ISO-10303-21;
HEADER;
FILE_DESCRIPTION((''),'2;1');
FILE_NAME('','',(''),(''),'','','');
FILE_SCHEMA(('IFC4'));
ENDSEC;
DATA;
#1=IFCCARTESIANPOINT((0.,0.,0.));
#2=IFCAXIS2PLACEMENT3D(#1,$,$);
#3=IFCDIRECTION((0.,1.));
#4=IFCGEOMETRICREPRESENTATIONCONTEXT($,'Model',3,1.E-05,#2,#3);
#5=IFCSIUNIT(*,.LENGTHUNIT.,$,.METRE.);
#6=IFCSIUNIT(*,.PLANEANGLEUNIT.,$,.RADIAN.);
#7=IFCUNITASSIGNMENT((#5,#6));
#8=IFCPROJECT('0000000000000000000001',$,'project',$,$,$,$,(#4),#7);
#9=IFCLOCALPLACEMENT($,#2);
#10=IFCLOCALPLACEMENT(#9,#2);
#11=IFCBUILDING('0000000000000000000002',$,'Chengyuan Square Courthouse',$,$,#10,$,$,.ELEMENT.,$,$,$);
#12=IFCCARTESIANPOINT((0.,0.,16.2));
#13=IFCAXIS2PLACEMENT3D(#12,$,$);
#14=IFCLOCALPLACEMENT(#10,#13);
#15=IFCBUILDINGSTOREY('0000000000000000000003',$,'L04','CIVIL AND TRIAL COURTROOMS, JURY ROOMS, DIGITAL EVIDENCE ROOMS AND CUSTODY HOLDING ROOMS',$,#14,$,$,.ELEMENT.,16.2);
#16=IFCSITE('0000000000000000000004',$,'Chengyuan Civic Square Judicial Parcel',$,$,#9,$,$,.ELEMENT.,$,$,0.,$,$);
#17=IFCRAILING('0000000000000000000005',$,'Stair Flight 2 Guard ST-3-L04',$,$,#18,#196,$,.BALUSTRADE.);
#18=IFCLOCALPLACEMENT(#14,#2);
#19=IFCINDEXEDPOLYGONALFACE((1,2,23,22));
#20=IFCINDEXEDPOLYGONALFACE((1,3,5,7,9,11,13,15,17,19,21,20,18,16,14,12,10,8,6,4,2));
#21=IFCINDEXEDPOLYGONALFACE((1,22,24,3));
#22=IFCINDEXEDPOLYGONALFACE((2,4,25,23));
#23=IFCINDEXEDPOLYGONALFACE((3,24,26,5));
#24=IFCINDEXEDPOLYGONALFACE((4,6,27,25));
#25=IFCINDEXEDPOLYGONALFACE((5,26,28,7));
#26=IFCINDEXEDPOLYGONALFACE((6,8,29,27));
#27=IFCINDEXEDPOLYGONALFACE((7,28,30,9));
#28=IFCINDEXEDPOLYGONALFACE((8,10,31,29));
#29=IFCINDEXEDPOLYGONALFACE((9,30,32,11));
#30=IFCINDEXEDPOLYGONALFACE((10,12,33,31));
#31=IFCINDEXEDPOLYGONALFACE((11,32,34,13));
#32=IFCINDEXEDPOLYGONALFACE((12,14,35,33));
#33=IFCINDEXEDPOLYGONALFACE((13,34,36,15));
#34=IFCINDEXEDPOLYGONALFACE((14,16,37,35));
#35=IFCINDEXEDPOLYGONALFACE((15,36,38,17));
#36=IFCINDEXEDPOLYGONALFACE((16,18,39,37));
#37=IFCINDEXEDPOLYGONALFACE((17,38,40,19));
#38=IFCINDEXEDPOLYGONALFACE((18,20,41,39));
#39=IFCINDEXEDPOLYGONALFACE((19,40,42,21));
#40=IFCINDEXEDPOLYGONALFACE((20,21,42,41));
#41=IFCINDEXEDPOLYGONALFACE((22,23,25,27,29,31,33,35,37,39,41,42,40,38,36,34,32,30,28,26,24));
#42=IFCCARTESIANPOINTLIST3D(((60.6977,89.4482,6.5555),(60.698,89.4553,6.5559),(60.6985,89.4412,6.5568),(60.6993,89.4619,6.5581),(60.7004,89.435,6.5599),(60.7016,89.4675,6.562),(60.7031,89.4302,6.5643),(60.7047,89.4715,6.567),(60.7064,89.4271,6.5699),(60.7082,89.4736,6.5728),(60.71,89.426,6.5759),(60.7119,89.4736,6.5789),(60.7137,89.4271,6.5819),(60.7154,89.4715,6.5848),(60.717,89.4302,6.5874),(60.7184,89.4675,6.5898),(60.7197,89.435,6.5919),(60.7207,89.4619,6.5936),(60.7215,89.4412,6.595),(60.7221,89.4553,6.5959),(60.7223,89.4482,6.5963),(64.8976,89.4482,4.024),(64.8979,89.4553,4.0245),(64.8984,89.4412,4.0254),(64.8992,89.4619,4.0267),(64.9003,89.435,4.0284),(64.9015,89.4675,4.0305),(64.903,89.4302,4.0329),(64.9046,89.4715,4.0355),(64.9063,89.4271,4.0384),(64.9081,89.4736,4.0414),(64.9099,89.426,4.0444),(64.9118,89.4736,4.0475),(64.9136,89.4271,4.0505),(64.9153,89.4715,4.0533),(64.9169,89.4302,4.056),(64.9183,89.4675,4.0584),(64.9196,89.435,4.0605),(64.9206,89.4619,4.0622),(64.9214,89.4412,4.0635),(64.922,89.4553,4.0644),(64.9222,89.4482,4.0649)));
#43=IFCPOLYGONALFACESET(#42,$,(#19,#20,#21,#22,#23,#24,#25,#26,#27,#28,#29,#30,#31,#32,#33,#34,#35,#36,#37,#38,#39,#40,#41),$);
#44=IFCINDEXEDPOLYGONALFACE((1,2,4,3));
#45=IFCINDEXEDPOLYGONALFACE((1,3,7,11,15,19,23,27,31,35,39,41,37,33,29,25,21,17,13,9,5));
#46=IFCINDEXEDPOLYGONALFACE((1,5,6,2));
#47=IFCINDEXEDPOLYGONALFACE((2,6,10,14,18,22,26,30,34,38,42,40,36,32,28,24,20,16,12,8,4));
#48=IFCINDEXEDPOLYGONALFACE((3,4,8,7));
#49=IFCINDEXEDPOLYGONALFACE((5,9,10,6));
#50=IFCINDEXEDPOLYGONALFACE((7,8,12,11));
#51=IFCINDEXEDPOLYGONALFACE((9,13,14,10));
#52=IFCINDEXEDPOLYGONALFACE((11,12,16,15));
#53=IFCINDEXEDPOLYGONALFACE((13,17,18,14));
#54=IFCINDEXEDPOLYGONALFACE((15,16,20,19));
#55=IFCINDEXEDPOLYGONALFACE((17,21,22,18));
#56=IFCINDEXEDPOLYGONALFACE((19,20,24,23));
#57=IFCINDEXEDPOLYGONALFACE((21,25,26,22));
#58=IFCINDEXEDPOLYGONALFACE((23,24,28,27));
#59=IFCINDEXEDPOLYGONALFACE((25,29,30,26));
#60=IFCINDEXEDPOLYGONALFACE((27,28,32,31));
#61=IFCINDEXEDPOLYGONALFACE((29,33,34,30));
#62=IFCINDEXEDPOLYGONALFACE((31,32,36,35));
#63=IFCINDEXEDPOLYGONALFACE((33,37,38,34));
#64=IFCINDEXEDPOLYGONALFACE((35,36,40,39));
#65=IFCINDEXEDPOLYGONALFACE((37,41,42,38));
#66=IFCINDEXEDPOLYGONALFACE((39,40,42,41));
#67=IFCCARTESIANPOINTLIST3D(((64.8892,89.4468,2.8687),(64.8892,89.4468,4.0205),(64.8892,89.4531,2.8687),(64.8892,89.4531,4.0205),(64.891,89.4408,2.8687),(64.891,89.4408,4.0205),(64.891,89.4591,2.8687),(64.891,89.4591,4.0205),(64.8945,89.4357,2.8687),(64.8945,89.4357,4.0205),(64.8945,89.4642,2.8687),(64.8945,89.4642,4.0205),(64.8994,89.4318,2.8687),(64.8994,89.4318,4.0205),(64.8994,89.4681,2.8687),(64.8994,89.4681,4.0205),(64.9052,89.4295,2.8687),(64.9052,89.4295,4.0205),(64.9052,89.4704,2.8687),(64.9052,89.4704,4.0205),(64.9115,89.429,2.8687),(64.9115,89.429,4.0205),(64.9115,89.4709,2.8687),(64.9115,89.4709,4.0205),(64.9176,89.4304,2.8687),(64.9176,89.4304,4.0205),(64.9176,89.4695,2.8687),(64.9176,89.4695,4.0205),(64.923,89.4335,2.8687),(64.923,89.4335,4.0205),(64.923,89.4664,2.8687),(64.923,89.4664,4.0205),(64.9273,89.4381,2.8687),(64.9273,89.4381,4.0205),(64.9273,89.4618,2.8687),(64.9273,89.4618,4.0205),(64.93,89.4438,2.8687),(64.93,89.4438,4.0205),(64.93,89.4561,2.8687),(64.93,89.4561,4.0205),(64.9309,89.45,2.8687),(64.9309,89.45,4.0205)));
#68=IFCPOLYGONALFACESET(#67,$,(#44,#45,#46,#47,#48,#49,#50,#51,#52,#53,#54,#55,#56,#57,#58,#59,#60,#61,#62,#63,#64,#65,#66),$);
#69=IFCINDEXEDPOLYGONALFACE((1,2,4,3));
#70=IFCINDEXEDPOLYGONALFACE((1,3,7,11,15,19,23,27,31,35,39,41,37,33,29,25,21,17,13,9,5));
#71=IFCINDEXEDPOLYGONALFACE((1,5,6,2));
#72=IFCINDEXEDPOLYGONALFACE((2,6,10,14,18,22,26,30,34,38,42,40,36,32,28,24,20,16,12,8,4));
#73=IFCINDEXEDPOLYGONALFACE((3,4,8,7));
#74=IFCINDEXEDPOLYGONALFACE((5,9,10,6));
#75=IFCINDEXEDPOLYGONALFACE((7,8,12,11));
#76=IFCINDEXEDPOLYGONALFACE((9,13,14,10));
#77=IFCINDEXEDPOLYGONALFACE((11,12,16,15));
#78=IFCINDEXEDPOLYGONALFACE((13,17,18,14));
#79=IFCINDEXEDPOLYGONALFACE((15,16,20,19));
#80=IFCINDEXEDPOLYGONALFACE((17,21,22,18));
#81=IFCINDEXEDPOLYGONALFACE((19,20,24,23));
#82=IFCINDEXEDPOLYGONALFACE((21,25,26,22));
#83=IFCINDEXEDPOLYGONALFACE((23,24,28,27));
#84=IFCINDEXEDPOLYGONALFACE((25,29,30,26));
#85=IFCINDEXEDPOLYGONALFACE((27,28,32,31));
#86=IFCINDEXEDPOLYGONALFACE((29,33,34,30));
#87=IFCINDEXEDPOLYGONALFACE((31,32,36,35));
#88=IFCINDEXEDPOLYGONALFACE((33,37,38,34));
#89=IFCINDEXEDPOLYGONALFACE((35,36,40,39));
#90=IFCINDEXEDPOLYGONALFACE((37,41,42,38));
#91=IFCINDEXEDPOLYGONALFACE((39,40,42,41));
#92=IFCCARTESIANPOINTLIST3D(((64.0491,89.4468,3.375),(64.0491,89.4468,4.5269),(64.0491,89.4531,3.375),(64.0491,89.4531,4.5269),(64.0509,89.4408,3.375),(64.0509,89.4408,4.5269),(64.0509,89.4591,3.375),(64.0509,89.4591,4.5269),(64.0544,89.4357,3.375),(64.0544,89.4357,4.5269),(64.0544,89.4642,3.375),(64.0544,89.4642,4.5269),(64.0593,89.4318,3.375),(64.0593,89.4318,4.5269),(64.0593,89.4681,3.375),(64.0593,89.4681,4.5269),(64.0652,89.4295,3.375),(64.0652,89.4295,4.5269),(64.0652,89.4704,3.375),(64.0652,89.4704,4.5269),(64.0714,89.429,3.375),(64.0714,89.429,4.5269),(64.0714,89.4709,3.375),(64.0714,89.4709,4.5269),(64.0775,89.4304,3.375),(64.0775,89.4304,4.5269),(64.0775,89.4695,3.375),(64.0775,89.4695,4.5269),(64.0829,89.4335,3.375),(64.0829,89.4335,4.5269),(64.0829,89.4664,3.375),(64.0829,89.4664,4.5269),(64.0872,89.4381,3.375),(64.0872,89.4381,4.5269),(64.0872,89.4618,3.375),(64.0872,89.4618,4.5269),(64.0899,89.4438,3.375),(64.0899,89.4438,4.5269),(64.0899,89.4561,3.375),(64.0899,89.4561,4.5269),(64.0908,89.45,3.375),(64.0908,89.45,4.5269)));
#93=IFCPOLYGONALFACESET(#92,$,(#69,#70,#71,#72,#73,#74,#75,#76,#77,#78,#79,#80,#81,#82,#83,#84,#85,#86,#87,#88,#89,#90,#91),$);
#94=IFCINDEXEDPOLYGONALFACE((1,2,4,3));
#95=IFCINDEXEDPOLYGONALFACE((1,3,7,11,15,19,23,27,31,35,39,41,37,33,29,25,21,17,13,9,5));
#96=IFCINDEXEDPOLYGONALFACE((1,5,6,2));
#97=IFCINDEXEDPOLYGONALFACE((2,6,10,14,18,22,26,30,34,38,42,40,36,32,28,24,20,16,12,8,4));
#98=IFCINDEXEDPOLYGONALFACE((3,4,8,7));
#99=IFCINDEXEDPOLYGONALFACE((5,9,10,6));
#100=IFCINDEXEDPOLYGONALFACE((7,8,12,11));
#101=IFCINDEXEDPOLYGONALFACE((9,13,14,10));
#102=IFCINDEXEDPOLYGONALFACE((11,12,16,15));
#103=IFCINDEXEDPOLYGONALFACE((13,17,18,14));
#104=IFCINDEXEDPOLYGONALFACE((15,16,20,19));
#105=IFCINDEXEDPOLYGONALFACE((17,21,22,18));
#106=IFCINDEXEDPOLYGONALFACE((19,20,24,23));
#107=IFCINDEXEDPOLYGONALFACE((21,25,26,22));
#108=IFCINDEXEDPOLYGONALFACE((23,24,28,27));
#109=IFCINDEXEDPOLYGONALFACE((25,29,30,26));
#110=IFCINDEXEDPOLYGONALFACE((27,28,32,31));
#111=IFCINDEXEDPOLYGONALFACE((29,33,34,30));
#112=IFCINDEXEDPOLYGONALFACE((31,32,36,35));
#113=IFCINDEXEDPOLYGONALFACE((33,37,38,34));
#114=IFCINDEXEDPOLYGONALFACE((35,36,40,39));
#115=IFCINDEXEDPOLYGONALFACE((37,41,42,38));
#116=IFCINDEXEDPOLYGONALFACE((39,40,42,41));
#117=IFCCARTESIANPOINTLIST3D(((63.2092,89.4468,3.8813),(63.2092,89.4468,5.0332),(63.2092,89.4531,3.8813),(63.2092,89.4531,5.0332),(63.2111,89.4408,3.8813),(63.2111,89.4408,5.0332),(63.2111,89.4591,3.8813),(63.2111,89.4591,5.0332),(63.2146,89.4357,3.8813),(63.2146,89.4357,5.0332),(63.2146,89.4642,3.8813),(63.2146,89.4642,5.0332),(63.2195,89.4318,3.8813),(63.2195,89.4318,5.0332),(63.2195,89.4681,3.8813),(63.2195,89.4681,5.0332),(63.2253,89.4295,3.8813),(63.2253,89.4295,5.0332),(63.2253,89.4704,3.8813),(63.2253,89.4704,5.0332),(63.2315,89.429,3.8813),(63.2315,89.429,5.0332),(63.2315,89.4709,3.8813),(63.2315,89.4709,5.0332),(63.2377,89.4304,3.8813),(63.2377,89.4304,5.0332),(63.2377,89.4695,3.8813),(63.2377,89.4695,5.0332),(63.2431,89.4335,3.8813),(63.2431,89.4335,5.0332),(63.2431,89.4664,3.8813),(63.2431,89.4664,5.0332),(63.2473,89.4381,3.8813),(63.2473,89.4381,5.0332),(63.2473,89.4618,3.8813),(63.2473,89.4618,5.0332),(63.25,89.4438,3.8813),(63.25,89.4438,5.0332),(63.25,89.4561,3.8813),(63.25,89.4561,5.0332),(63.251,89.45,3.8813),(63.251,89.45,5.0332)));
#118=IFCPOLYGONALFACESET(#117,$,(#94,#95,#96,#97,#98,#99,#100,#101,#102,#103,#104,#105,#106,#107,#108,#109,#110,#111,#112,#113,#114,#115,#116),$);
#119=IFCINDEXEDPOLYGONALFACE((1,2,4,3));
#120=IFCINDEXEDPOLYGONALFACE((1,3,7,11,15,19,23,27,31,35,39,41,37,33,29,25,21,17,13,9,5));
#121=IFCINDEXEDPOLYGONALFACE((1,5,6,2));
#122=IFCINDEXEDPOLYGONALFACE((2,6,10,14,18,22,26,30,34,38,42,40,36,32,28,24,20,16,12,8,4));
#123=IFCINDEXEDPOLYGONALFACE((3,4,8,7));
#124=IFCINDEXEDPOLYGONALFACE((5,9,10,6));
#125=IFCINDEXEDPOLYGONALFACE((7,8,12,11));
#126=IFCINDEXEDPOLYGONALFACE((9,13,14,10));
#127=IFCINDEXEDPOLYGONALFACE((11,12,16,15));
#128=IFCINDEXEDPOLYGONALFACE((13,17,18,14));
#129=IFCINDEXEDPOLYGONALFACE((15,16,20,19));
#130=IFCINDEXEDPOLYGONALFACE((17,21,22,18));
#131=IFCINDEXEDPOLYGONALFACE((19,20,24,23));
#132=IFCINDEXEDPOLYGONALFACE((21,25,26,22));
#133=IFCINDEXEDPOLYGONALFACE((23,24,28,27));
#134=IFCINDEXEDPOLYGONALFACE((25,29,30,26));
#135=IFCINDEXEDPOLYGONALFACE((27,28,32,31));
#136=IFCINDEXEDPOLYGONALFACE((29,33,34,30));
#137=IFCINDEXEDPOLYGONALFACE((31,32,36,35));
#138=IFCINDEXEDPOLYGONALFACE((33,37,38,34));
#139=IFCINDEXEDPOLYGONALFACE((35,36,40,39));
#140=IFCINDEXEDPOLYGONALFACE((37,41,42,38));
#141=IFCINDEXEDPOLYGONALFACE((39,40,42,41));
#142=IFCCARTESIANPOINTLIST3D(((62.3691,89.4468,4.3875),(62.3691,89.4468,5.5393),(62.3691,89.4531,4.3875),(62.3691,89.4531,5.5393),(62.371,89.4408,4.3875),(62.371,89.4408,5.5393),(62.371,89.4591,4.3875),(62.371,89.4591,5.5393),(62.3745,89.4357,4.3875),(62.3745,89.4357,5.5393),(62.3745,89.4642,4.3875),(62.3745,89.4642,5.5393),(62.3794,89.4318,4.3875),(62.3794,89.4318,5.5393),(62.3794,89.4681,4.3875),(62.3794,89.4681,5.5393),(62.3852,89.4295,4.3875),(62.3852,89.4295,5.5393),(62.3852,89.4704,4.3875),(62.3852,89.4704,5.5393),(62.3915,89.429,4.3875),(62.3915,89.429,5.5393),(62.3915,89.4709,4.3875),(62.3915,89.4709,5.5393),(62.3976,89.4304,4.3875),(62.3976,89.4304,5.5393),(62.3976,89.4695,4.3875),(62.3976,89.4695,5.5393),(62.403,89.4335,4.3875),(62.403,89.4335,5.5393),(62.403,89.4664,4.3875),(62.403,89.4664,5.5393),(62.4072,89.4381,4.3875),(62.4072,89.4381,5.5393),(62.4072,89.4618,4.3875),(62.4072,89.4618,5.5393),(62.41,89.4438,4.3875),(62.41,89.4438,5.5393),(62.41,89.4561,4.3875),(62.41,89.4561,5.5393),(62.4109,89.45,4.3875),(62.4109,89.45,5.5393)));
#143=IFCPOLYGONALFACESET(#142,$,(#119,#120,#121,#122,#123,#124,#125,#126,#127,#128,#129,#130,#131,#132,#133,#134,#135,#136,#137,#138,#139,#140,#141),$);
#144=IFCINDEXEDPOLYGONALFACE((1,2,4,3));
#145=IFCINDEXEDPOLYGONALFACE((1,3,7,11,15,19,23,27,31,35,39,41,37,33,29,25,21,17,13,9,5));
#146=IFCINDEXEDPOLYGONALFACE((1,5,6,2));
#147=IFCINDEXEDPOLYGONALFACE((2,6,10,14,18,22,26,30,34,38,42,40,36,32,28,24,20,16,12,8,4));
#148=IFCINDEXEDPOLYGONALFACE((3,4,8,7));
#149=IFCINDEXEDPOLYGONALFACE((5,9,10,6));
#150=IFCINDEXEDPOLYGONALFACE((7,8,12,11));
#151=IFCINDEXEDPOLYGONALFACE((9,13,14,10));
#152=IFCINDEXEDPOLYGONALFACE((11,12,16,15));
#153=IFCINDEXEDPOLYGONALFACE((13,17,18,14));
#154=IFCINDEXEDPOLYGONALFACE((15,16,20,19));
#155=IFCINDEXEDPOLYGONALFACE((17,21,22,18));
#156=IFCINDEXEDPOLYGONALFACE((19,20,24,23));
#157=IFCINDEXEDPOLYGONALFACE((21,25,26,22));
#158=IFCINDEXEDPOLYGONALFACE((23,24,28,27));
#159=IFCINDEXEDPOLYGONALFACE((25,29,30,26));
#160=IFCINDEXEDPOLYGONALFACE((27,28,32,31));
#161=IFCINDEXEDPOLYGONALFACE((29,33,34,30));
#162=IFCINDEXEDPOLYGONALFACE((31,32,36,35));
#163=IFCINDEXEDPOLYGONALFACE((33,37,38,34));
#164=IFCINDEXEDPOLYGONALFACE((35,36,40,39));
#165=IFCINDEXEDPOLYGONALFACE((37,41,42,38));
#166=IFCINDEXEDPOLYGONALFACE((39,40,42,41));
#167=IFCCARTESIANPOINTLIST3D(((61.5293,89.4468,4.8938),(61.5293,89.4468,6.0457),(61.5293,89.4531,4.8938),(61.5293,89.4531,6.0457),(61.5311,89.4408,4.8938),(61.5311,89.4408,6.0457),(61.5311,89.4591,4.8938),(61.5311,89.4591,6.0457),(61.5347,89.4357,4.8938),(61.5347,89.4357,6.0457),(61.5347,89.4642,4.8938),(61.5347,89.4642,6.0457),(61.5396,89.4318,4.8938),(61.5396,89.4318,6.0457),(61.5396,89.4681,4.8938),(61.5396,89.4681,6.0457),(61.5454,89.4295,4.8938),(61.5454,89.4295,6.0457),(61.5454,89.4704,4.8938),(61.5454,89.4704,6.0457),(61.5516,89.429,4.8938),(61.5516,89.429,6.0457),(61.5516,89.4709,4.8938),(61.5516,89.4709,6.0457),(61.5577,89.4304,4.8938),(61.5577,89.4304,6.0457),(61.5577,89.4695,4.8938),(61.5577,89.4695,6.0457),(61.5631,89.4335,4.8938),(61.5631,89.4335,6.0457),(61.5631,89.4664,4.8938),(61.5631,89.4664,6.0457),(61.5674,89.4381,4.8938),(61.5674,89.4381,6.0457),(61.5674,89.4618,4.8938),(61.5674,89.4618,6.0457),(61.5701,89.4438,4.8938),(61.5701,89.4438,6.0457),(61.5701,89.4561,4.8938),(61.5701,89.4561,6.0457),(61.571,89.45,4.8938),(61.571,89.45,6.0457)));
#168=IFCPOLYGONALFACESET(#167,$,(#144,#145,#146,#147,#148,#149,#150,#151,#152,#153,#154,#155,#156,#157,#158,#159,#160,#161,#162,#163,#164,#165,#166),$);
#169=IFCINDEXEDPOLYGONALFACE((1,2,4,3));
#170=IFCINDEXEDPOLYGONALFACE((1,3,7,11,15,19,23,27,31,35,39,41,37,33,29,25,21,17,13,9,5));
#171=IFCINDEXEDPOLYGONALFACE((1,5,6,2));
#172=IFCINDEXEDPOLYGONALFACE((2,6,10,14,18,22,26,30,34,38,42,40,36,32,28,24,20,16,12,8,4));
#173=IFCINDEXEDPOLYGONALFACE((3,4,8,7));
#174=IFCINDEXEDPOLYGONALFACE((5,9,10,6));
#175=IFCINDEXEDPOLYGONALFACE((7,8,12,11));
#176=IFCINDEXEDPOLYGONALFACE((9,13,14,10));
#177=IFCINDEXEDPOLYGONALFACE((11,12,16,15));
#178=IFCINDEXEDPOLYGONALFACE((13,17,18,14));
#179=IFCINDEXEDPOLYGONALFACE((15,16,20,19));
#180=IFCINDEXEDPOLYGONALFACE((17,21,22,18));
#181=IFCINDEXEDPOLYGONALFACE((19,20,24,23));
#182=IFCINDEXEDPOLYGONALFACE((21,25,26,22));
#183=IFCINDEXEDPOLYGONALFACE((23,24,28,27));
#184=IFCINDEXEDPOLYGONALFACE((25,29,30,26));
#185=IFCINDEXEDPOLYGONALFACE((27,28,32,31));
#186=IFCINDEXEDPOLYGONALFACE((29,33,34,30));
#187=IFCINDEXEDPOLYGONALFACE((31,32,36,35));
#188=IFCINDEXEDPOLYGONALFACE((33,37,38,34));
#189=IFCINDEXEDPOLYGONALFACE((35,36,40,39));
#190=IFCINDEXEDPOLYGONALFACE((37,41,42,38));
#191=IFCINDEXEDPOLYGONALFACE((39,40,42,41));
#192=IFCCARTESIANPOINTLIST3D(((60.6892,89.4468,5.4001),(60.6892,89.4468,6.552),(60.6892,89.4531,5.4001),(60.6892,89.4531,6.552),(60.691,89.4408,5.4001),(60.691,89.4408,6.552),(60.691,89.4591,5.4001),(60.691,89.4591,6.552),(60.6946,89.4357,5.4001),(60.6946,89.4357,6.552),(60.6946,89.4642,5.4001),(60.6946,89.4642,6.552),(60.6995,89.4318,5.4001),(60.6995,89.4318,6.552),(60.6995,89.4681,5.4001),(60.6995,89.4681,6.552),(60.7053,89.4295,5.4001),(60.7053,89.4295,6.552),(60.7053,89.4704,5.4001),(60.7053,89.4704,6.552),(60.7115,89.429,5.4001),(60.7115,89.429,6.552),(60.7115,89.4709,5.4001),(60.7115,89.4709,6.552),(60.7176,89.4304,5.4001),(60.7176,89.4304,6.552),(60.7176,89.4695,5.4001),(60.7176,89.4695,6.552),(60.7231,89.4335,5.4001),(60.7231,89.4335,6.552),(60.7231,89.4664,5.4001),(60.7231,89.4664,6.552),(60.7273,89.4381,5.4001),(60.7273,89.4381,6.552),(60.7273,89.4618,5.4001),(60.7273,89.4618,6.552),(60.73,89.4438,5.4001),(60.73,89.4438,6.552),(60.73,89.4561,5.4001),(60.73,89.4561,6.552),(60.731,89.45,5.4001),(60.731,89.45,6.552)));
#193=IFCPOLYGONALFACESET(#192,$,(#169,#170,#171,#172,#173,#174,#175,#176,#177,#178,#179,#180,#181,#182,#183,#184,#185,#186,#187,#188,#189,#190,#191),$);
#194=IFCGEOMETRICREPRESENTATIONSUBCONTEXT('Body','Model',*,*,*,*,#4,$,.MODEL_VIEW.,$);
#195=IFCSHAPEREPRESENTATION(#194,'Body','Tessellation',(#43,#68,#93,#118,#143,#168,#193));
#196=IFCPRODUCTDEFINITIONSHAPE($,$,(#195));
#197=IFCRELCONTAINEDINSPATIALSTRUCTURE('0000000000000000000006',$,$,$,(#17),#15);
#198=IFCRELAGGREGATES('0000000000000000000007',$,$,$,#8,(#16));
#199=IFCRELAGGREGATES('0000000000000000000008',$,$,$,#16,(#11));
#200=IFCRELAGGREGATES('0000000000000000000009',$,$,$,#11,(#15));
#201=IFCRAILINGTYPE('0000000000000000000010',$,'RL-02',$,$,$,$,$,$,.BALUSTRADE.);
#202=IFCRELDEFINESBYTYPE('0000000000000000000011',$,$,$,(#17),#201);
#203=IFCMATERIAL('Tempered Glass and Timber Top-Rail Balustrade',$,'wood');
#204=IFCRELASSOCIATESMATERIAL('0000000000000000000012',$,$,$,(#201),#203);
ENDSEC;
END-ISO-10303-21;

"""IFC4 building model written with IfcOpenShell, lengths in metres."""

from ifc_helpers import new_model, si_unit, direction, frame, origin, origin_2d, place, context, subcontext, project, spatial, circle, extrude, material, type_object, element, save


model = new_model("IFC4")

# Units and contexts
model_context = context("Model", 3, precision=1e-05, world=origin(), true_north=direction((0.0, 1.0)))
body_context = subcontext(model_context, "Body", "Model", "MODEL_VIEW")
ifc_project = project(units=[si_unit("LENGTHUNIT", "METRE"), si_unit("PLANEANGLEUNIT", "RADIAN")], contexts=[model_context])

# Site, building, storey
site_placement = place(None, origin())
site = spatial("IfcSite", under=ifc_project, at=site_placement, Name="Chengyuan Civic Square Judicial Parcel", CompositionType="ELEMENT", RefElevation=0.0)
building_placement = place(site_placement, origin())
building = spatial("IfcBuilding", under=site, at=building_placement, Name="Chengyuan Square Courthouse", CompositionType="ELEMENT")
storey_placement = place(building_placement, frame((0.0, 0.0, 16.2)))
storey = spatial("IfcBuildingStorey", under=building, at=storey_placement, Name="L04", Description="CIVIL AND TRIAL COURTROOMS, JURY ROOMS, DIGITAL EVIDENCE ROOMS AND CUSTODY HOLDING ROOMS", CompositionType="ELEMENT", Elevation=16.2)

# Railing
ifc_material_1 = material(Name="Tempered Glass and Timber Top-Rail Balustrade", Category="wood")
railing_type_1 = type_object("IfcRailingType", Name="RL-02", PredefinedType="BALUSTRADE", material=ifc_material_1)
railing_1_placement = place(storey_placement, frame((64.9099, 89.45, 2.8687)))
element("IfcRailing", 1, at=railing_1_placement, inside=storey, type_object=railing_type_1, Name="Stair Flight 2 Guard ST-3-L04", PredefinedType="BALUSTRADE", context=body_context, shape_type="SweptSolid", body=[
    extrude(circle(Radius=0.0239, at=origin_2d()), frame((0.0, 0.0, 1.1758), z_axis=(-0.856454, 0.0, 0.516223), x_axis=(0.0, -1.0, 0.0)), (0.0, 0.0, 1.0), 4.9038),
    extrude(circle(Radius=0.021, at=origin_2d()), origin(), (0.0, 0.0, 1.0), 1.1519),
    extrude(circle(Radius=0.021, at=origin_2d()), frame((-0.8401, 0.0, 0.5063)), (0.0, 0.0, 1.0), 1.1519),
    extrude(circle(Radius=0.021, at=origin_2d()), frame((-1.6799, 0.0, 1.0127)), (0.0, 0.0, 1.0), 1.1519),
    extrude(circle(Radius=0.021, at=origin_2d()), frame((-2.52, 0.0, 1.5188)), (0.0, 0.0, 1.0), 1.1519),
    extrude(circle(Radius=0.021, at=origin_2d()), frame((-3.3599, 0.0, 2.0251)), (0.0, 0.0, 1.0), 1.1519),
    extrude(circle(Radius=0.021, at=origin_2d()), frame((-4.2, 0.0, 2.5315)), (0.0, 0.0, 1.0), 1.1519),
])

save(model, "model.ifc")
